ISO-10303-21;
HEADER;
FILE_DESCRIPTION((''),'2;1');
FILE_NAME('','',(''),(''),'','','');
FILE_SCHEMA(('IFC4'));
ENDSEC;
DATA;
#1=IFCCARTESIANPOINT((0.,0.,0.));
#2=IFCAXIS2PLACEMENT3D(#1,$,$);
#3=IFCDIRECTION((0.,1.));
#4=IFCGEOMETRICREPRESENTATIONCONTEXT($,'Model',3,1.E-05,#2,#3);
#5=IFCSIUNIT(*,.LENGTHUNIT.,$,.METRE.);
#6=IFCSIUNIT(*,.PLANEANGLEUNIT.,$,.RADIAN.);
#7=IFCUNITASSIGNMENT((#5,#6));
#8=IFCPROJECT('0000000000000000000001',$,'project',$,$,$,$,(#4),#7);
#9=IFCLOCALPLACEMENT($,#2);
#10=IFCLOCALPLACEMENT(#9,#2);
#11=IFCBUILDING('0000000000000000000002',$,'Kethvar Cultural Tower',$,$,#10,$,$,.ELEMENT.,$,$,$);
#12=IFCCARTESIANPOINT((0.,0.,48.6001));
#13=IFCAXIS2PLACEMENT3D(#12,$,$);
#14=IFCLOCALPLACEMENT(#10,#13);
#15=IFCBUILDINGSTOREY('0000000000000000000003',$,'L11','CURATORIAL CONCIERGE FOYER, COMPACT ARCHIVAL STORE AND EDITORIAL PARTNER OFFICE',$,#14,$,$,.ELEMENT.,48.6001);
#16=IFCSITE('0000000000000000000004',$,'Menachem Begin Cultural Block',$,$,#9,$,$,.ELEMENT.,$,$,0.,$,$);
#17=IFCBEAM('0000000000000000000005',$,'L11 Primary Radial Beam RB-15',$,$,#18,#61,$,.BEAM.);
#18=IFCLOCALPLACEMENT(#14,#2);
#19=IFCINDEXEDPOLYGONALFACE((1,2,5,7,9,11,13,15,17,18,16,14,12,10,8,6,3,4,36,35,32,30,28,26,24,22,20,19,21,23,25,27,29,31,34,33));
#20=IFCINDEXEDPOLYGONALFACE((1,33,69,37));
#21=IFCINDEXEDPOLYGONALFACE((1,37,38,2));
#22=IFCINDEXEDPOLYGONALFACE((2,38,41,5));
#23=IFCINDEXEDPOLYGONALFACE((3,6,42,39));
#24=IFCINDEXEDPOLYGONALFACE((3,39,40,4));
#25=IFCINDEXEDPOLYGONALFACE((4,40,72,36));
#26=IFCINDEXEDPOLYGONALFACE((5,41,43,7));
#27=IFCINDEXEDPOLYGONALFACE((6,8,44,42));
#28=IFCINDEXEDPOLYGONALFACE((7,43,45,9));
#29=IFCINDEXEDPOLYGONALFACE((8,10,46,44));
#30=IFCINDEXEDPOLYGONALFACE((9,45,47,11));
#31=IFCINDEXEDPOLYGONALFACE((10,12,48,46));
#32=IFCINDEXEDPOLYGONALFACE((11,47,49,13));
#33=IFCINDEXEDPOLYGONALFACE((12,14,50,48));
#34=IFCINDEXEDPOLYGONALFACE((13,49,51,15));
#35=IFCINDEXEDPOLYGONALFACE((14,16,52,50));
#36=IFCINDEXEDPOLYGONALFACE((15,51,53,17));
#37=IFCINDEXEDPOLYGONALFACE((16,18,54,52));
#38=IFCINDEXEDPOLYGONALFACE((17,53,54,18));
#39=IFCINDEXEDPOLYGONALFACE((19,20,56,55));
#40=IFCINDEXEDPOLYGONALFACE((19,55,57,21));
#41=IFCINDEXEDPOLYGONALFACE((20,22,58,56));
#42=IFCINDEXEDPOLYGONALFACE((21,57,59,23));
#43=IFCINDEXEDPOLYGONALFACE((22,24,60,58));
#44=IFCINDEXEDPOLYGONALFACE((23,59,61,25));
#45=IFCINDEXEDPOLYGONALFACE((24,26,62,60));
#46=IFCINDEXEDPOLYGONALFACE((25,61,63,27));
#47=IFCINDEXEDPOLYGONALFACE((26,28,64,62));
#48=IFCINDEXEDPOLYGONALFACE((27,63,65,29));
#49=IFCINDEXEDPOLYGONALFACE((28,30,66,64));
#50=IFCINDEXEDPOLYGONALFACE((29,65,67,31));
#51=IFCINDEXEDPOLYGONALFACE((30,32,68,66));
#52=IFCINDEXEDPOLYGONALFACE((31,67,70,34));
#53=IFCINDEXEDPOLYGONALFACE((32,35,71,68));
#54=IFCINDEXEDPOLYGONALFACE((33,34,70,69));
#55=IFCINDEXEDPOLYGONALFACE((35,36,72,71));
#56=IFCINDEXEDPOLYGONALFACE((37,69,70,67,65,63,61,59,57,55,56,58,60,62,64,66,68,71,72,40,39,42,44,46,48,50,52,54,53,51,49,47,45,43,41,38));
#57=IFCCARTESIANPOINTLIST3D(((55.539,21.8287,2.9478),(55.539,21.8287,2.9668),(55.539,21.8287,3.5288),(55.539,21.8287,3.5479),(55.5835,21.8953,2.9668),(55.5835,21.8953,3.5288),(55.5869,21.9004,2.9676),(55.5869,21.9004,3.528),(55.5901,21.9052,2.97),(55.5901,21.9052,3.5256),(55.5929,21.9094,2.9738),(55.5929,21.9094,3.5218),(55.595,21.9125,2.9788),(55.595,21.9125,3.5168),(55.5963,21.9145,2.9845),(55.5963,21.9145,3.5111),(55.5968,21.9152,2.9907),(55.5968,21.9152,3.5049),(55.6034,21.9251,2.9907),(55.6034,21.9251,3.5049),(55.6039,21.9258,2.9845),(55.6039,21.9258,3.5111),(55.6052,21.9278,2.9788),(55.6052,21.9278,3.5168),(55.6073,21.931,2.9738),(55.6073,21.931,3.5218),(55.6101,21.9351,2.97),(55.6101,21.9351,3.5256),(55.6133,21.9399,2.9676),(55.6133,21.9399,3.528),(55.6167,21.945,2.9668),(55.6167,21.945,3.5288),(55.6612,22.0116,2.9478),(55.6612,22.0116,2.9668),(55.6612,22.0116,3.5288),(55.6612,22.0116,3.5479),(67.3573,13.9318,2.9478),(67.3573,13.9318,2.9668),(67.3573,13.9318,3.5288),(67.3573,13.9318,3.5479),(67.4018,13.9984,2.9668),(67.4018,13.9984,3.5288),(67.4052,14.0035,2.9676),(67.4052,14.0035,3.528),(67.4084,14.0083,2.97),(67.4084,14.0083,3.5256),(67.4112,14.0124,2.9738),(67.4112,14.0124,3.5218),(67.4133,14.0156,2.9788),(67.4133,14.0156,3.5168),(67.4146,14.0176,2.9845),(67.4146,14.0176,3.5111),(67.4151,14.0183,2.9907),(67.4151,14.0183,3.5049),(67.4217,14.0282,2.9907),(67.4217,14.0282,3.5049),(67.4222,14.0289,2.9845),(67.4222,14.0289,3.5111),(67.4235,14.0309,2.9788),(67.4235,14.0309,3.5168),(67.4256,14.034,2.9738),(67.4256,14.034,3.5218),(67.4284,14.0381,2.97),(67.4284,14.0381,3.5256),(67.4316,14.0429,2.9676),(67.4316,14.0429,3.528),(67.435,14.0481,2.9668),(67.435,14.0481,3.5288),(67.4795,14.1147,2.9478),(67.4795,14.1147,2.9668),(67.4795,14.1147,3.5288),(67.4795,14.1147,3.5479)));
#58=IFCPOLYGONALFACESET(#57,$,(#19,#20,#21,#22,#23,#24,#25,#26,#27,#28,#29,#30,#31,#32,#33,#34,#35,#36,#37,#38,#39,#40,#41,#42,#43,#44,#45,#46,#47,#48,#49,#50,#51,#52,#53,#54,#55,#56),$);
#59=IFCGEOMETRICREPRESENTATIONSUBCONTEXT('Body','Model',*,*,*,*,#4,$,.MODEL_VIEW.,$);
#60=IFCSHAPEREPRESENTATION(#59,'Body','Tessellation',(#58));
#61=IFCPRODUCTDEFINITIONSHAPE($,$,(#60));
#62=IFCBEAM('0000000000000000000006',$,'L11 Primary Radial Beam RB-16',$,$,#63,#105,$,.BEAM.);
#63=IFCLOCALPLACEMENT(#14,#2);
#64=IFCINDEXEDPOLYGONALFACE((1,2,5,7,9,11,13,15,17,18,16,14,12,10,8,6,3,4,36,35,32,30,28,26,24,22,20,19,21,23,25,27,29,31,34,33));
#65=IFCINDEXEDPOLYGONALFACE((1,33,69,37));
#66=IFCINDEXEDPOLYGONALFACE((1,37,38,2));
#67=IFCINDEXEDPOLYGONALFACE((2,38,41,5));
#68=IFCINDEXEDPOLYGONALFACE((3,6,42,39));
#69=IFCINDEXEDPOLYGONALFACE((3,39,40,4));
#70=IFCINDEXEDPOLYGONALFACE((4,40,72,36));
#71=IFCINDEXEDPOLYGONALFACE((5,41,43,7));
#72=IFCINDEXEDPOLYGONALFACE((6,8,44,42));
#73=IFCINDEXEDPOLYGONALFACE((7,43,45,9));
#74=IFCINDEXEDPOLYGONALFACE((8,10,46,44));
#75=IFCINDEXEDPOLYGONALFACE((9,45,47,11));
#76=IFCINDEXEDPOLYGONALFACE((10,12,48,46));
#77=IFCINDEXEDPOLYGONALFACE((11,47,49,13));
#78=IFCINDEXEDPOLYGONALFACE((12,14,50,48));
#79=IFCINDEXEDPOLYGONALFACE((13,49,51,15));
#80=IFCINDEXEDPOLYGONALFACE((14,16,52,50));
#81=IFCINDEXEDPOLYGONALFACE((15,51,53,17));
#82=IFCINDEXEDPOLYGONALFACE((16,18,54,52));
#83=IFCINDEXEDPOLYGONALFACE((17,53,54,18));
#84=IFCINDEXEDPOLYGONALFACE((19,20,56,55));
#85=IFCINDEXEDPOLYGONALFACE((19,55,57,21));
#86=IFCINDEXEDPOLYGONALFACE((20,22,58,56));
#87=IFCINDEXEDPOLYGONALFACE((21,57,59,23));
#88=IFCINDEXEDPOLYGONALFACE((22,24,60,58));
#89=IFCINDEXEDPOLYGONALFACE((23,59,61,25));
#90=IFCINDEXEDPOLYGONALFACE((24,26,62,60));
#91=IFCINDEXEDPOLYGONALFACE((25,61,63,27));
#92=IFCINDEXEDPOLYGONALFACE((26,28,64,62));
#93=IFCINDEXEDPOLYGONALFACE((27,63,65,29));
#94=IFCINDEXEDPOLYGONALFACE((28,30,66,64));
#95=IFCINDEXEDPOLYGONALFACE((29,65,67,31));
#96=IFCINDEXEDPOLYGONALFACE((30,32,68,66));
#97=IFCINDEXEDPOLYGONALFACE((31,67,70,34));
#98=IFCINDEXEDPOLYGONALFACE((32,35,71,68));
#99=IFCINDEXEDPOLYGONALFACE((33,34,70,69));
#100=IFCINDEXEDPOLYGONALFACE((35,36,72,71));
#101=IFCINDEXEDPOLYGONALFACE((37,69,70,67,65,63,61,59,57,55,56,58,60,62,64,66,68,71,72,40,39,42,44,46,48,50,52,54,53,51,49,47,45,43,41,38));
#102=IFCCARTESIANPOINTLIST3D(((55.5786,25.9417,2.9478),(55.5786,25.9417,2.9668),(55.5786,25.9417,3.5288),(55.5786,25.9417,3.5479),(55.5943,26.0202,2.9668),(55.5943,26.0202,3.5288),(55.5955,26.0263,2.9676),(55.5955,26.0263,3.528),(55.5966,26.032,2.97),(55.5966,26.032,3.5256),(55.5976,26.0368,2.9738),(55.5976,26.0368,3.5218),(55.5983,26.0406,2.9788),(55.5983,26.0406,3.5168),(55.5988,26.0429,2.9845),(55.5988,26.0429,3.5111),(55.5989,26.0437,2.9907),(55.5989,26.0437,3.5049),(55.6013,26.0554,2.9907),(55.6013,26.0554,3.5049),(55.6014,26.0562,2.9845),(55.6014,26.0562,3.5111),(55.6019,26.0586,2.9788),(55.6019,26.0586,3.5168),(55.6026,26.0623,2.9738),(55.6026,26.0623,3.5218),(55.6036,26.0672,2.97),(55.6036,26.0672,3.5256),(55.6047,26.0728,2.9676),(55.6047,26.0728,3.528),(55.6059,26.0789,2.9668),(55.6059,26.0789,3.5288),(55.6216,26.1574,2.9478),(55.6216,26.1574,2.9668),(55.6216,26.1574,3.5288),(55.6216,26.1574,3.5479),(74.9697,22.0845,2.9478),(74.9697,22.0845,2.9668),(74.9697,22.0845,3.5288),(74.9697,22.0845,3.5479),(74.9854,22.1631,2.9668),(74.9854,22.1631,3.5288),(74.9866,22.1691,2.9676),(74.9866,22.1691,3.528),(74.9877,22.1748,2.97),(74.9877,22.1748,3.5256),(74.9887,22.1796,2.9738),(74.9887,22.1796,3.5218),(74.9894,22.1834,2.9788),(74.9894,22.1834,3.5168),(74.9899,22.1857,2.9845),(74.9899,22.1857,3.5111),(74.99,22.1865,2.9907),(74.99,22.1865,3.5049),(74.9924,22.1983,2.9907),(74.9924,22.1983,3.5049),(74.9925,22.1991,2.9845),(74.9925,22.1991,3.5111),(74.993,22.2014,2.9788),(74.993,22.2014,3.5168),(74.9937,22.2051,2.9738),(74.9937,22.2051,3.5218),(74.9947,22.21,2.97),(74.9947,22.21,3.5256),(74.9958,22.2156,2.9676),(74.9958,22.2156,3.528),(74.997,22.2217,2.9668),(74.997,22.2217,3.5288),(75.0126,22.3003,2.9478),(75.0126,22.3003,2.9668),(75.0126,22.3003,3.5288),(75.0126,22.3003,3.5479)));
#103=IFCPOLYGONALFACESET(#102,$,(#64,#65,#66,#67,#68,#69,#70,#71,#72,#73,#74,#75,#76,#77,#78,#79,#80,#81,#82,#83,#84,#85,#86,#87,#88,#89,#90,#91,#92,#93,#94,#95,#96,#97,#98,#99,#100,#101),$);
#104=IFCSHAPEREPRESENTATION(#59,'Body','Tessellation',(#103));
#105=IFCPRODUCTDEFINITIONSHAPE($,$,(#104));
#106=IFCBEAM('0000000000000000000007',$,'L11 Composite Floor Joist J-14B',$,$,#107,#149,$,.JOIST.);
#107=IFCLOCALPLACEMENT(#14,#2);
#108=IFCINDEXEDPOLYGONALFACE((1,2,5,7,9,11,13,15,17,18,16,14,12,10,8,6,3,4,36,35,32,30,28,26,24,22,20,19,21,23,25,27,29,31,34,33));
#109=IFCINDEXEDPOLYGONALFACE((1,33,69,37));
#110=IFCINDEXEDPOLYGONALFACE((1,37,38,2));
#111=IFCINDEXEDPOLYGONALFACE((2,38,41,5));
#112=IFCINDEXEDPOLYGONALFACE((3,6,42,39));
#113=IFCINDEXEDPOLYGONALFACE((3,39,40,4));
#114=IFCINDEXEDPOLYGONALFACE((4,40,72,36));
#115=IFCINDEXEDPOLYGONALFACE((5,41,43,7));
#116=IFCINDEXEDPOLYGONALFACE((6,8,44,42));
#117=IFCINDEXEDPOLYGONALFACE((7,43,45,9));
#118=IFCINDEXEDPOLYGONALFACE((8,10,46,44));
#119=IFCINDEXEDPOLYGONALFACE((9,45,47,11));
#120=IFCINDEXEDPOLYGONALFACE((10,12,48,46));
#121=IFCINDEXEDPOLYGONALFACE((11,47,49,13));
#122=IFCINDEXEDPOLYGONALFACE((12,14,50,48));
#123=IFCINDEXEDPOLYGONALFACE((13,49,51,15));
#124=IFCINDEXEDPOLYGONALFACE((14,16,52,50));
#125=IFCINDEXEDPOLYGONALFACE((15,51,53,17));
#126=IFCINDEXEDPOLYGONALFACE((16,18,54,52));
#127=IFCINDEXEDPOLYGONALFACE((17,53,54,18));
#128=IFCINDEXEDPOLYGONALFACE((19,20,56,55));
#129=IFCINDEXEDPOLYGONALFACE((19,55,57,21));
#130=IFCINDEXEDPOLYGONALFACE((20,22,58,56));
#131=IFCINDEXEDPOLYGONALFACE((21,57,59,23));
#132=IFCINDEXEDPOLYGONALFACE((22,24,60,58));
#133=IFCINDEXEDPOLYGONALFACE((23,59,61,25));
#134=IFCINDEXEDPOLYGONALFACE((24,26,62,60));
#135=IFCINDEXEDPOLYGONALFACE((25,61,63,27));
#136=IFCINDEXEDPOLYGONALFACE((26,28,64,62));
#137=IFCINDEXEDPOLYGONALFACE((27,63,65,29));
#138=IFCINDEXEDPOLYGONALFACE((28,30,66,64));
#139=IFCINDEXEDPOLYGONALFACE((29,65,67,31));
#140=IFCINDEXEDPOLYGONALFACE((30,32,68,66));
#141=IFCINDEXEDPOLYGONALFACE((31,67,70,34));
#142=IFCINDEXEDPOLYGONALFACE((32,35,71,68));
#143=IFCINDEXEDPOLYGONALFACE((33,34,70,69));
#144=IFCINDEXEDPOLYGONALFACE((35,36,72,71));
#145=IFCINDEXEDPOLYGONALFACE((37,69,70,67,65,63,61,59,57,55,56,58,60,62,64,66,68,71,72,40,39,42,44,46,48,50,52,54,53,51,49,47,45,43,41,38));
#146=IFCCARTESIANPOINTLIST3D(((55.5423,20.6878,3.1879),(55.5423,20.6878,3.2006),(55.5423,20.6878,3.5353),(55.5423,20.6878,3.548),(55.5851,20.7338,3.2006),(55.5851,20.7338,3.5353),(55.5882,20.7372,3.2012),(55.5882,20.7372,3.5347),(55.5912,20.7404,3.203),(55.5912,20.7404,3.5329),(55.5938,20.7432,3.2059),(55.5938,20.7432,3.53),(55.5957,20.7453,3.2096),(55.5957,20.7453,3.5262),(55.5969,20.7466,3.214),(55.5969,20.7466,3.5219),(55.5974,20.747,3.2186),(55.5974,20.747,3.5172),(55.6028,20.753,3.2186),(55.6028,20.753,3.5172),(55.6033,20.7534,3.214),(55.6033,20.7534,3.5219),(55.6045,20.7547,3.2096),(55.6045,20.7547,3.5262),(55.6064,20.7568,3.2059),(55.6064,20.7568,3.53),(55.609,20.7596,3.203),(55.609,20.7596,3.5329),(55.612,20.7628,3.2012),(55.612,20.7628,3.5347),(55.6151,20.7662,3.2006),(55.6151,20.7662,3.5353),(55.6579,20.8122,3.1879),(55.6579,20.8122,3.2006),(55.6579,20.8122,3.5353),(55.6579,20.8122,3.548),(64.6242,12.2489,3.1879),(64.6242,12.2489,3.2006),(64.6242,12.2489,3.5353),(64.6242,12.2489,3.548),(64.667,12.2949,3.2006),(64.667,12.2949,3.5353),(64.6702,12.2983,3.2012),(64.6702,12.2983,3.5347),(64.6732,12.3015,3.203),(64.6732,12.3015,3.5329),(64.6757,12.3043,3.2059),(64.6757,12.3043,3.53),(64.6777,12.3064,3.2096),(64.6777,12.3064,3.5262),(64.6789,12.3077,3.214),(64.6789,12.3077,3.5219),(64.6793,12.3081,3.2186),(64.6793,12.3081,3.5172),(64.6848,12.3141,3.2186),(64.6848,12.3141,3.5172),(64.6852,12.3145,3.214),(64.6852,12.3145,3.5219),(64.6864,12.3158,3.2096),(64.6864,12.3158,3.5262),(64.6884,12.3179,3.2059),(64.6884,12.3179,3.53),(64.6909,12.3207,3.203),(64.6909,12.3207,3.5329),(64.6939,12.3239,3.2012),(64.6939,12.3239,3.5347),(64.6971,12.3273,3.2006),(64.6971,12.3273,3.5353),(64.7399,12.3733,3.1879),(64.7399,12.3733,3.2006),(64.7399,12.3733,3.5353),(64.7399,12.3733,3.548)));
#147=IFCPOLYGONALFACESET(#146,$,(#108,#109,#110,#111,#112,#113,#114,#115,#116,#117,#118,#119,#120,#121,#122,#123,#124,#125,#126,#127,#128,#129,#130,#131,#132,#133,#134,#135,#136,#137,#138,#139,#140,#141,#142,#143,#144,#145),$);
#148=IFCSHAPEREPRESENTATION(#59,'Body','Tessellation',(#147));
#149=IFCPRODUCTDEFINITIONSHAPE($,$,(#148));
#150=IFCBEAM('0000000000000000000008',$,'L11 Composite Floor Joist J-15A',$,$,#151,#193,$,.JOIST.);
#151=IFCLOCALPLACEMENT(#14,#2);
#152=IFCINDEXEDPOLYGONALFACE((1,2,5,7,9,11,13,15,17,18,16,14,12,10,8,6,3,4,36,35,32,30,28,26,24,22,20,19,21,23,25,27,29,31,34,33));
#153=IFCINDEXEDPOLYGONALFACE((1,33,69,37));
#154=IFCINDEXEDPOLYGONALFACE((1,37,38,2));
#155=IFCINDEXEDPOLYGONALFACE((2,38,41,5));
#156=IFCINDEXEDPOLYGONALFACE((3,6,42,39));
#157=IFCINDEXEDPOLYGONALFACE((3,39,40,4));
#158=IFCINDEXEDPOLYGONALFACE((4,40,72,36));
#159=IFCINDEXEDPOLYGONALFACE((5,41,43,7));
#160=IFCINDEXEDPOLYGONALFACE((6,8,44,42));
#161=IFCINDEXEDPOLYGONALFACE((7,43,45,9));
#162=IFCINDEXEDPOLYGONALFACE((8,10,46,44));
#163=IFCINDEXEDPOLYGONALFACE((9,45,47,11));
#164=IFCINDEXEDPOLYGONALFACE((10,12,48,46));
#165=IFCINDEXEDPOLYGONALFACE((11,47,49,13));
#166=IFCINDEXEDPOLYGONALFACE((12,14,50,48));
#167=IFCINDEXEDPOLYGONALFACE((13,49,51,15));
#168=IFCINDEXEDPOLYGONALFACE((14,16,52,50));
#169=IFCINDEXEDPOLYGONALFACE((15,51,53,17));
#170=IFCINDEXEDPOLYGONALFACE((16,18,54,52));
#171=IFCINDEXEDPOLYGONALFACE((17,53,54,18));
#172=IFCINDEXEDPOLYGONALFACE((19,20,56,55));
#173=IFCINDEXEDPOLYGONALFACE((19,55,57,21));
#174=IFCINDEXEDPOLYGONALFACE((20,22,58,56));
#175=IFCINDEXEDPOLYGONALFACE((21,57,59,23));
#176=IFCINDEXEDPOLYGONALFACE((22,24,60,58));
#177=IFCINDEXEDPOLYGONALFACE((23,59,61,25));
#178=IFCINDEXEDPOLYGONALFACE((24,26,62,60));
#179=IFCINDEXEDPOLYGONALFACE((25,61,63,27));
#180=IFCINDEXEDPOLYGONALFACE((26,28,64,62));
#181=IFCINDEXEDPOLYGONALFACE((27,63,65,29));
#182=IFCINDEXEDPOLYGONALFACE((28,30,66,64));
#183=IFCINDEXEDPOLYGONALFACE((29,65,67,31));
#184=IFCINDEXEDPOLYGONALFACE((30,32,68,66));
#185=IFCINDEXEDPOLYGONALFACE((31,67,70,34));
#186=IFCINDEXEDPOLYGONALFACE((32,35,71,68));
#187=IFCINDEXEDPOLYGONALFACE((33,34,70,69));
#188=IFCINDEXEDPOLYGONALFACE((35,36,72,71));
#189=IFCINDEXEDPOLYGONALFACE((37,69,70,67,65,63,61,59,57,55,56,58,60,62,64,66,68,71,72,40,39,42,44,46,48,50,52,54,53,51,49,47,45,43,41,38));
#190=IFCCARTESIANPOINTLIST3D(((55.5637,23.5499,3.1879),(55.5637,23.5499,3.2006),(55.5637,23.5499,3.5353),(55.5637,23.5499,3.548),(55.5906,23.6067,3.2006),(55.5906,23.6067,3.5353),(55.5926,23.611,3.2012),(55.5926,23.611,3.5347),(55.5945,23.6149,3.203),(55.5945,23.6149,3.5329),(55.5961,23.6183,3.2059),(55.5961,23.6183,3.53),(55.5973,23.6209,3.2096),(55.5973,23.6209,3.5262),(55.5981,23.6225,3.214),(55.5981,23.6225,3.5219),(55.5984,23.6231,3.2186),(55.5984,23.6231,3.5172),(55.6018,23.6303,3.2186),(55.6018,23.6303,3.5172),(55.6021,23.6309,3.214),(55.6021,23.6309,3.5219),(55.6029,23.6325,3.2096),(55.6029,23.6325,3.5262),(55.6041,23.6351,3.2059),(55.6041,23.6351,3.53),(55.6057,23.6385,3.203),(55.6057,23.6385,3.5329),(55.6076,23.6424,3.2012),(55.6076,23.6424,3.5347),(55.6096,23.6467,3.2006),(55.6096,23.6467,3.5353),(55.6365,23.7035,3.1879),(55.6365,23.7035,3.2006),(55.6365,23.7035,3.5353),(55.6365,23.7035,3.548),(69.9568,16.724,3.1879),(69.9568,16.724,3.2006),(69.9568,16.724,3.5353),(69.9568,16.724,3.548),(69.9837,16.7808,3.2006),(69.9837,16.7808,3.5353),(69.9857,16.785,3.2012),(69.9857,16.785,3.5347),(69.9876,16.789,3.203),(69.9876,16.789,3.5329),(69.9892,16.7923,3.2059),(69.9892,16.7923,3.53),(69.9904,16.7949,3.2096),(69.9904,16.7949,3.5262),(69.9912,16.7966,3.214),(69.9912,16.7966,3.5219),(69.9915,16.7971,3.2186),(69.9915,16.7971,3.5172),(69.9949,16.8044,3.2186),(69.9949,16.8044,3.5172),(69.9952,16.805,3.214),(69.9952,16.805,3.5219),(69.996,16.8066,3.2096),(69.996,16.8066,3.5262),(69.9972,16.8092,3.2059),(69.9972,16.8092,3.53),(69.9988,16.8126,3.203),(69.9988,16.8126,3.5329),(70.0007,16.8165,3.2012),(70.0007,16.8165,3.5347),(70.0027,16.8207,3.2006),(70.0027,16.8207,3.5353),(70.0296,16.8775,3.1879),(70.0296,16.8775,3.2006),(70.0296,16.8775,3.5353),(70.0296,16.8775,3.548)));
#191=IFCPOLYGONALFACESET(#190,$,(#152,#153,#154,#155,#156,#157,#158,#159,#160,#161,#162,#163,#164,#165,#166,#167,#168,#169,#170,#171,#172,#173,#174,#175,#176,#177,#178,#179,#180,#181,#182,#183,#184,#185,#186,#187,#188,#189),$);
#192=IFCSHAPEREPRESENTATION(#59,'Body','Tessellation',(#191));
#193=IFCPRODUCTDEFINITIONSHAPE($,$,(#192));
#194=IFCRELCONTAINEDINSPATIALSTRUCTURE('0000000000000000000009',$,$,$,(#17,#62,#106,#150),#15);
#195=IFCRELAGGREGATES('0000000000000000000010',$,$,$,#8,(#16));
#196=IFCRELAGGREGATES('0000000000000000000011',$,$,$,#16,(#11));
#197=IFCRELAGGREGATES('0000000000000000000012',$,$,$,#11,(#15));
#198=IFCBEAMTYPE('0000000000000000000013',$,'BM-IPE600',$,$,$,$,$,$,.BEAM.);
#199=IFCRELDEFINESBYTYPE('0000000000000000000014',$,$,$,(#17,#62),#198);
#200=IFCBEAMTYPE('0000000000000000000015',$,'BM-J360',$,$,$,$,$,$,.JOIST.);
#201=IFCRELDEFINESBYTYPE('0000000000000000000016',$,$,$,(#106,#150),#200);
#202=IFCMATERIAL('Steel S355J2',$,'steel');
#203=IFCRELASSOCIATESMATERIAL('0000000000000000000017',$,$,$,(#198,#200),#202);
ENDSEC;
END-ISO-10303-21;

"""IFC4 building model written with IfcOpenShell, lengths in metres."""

from ifc_helpers import new_model, si_unit, direction, frame, origin, origin_2d, place, context, subcontext, project, spatial, i_section, extrude, source, transform, mapped, material, material_profile, profile_set, type_object, element, save


model = new_model("IFC4")

# Units and contexts
model_context = context("Model", 3, precision=1e-05, world=origin(), true_north=direction((0.0, 1.0)))
body_context = subcontext(model_context, "Body", "Model", "MODEL_VIEW")
ifc_project = project(units=[si_unit("LENGTHUNIT", "METRE"), si_unit("PLANEANGLEUNIT", "RADIAN")], contexts=[model_context])

# Site, building, storey
site_placement = place(None, origin())
site = spatial("IfcSite", under=ifc_project, at=site_placement, Name="Menachem Begin Cultural Block", CompositionType="ELEMENT", RefElevation=0.0)
building_placement = place(site_placement, origin())
building = spatial("IfcBuilding", under=site, at=building_placement, Name="Kethvar Cultural Tower", CompositionType="ELEMENT")
storey_placement = place(building_placement, frame((0.0, 0.0, 48.6001)))
storey = spatial("IfcBuildingStorey", under=building, at=storey_placement, Name="L11", Description="CURATORIAL CONCIERGE FOYER, COMPACT ARCHIVAL STORE AND EDITORIAL PARTNER OFFICE", CompositionType="ELEMENT", Elevation=48.6001)

# Beams
ifc_material_1 = material(Name="Steel S355J2", Category="steel")
ifc_material_profile_1 = material_profile(ifc_material_1, i_section(OverallWidth=0.22, OverallDepth=0.6001, WebThickness=0.012, FlangeThickness=0.019, FilletRadius=0.0239, at=origin_2d()), Name="Steel S355J2 — IPE600")
ifc_profile_set_1 = profile_set([ifc_material_profile_1], Name="Steel S355J2 — IPE600")
beam_type_1 = type_object("IfcBeamType", Name="BM-IPE600", PredefinedType="BEAM", material=ifc_profile_set_1)
shared_shape_1 = source(origin(), body_context, "Body", "SweptSolid", [
    extrude(i_section(OverallWidth=0.22, OverallDepth=0.6001, WebThickness=0.012, FlangeThickness=0.019, FilletRadius=0.0239, at=origin_2d()), origin(), (0.0, 0.0, 1.0), 14.2139),
])
beam_1_placement = place(storey_placement, frame((55.6001, 21.9202, 3.2478), z_axis=(0.831463, -0.55558, 0.0), x_axis=(0.55558, 0.831463, 0.0)))
element("IfcBeam", 1, at=beam_1_placement, inside=storey, type_object=beam_type_1, Name="L11 Primary Radial Beam RB-15", PredefinedType="BEAM", context=body_context, shape_type="MappedRepresentation", body=[
    mapped(shared_shape_1, transform((0.0, 0.0, 0.0), scale=1.0)),
])
shared_shape_2 = source(origin(), body_context, "Body", "SweptSolid", [
    extrude(i_section(OverallWidth=0.22, OverallDepth=0.6001, WebThickness=0.012, FlangeThickness=0.019, FilletRadius=0.0239, at=origin_2d()), origin(), (0.0, 0.0, 1.0), 19.771),
])
beam_2_placement = place(storey_placement, frame((55.6001, 26.0496, 3.2478), z_axis=(0.980785, -0.195093, 0.0), x_axis=(0.195093, 0.980785, 0.0)))
element("IfcBeam", 2, at=beam_2_placement, inside=storey, type_object=beam_type_1, Name="L11 Primary Radial Beam RB-16", PredefinedType="BEAM", context=body_context, shape_type="MappedRepresentation", body=[
    mapped(shared_shape_2, transform((0.0, 0.0, 0.0), scale=1.0)),
])
ifc_material_profile_2 = material_profile(ifc_material_1, i_section(OverallWidth=0.1699, OverallDepth=0.3601, WebThickness=0.0081, FlangeThickness=0.0127, FilletRadius=0.0181, at=origin_2d()), Name="Steel S355J2 — IPE360")
ifc_profile_set_2 = profile_set([ifc_material_profile_2], Name="Steel S355J2 — IPE360")
beam_type_2 = type_object("IfcBeamType", Name="BM-J360", PredefinedType="JOIST", material=ifc_profile_set_2)
shared_shape_3 = source(origin(), body_context, "Body", "SweptSolid", [
    extrude(i_section(OverallWidth=0.1699, OverallDepth=0.3601, WebThickness=0.0081, FlangeThickness=0.0127, FilletRadius=0.0181, at=origin_2d()), origin(), (0.0, 0.0, 1.0), 12.3975),
])
beam_3_placement = place(storey_placement, frame((55.6001, 20.75, 3.3679), z_axis=(0.732566, -0.680696, 0.0), x_axis=(0.680696, 0.732566, 0.0)))
element("IfcBeam", 3, at=beam_3_placement, inside=storey, type_object=beam_type_2, Name="L11 Composite Floor Joist J-14B", PredefinedType="JOIST", context=body_context, shape_type="MappedRepresentation", body=[
    mapped(shared_shape_3, transform((0.0, 0.0, 0.0), scale=1.0)),
])
shared_shape_4 = source(origin(), body_context, "Body", "SweptSolid", [
    extrude(i_section(OverallWidth=0.1699, OverallDepth=0.3601, WebThickness=0.0081, FlangeThickness=0.0127, FilletRadius=0.0181, at=origin_2d()), origin(), (0.0, 0.0, 1.0), 15.9297),
])
beam_4_placement = place(storey_placement, frame((55.6001, 23.6267, 3.3679), z_axis=(0.90354, -0.428505, 0.0), x_axis=(0.428505, 0.90354, 0.0)))
element("IfcBeam", 4, at=beam_4_placement, inside=storey, type_object=beam_type_2, Name="L11 Composite Floor Joist J-15A", PredefinedType="JOIST", context=body_context, shape_type="MappedRepresentation", body=[
    mapped(shared_shape_4, transform((0.0, 0.0, 0.0), scale=1.0)),
])

save(model, "model.ifc")
